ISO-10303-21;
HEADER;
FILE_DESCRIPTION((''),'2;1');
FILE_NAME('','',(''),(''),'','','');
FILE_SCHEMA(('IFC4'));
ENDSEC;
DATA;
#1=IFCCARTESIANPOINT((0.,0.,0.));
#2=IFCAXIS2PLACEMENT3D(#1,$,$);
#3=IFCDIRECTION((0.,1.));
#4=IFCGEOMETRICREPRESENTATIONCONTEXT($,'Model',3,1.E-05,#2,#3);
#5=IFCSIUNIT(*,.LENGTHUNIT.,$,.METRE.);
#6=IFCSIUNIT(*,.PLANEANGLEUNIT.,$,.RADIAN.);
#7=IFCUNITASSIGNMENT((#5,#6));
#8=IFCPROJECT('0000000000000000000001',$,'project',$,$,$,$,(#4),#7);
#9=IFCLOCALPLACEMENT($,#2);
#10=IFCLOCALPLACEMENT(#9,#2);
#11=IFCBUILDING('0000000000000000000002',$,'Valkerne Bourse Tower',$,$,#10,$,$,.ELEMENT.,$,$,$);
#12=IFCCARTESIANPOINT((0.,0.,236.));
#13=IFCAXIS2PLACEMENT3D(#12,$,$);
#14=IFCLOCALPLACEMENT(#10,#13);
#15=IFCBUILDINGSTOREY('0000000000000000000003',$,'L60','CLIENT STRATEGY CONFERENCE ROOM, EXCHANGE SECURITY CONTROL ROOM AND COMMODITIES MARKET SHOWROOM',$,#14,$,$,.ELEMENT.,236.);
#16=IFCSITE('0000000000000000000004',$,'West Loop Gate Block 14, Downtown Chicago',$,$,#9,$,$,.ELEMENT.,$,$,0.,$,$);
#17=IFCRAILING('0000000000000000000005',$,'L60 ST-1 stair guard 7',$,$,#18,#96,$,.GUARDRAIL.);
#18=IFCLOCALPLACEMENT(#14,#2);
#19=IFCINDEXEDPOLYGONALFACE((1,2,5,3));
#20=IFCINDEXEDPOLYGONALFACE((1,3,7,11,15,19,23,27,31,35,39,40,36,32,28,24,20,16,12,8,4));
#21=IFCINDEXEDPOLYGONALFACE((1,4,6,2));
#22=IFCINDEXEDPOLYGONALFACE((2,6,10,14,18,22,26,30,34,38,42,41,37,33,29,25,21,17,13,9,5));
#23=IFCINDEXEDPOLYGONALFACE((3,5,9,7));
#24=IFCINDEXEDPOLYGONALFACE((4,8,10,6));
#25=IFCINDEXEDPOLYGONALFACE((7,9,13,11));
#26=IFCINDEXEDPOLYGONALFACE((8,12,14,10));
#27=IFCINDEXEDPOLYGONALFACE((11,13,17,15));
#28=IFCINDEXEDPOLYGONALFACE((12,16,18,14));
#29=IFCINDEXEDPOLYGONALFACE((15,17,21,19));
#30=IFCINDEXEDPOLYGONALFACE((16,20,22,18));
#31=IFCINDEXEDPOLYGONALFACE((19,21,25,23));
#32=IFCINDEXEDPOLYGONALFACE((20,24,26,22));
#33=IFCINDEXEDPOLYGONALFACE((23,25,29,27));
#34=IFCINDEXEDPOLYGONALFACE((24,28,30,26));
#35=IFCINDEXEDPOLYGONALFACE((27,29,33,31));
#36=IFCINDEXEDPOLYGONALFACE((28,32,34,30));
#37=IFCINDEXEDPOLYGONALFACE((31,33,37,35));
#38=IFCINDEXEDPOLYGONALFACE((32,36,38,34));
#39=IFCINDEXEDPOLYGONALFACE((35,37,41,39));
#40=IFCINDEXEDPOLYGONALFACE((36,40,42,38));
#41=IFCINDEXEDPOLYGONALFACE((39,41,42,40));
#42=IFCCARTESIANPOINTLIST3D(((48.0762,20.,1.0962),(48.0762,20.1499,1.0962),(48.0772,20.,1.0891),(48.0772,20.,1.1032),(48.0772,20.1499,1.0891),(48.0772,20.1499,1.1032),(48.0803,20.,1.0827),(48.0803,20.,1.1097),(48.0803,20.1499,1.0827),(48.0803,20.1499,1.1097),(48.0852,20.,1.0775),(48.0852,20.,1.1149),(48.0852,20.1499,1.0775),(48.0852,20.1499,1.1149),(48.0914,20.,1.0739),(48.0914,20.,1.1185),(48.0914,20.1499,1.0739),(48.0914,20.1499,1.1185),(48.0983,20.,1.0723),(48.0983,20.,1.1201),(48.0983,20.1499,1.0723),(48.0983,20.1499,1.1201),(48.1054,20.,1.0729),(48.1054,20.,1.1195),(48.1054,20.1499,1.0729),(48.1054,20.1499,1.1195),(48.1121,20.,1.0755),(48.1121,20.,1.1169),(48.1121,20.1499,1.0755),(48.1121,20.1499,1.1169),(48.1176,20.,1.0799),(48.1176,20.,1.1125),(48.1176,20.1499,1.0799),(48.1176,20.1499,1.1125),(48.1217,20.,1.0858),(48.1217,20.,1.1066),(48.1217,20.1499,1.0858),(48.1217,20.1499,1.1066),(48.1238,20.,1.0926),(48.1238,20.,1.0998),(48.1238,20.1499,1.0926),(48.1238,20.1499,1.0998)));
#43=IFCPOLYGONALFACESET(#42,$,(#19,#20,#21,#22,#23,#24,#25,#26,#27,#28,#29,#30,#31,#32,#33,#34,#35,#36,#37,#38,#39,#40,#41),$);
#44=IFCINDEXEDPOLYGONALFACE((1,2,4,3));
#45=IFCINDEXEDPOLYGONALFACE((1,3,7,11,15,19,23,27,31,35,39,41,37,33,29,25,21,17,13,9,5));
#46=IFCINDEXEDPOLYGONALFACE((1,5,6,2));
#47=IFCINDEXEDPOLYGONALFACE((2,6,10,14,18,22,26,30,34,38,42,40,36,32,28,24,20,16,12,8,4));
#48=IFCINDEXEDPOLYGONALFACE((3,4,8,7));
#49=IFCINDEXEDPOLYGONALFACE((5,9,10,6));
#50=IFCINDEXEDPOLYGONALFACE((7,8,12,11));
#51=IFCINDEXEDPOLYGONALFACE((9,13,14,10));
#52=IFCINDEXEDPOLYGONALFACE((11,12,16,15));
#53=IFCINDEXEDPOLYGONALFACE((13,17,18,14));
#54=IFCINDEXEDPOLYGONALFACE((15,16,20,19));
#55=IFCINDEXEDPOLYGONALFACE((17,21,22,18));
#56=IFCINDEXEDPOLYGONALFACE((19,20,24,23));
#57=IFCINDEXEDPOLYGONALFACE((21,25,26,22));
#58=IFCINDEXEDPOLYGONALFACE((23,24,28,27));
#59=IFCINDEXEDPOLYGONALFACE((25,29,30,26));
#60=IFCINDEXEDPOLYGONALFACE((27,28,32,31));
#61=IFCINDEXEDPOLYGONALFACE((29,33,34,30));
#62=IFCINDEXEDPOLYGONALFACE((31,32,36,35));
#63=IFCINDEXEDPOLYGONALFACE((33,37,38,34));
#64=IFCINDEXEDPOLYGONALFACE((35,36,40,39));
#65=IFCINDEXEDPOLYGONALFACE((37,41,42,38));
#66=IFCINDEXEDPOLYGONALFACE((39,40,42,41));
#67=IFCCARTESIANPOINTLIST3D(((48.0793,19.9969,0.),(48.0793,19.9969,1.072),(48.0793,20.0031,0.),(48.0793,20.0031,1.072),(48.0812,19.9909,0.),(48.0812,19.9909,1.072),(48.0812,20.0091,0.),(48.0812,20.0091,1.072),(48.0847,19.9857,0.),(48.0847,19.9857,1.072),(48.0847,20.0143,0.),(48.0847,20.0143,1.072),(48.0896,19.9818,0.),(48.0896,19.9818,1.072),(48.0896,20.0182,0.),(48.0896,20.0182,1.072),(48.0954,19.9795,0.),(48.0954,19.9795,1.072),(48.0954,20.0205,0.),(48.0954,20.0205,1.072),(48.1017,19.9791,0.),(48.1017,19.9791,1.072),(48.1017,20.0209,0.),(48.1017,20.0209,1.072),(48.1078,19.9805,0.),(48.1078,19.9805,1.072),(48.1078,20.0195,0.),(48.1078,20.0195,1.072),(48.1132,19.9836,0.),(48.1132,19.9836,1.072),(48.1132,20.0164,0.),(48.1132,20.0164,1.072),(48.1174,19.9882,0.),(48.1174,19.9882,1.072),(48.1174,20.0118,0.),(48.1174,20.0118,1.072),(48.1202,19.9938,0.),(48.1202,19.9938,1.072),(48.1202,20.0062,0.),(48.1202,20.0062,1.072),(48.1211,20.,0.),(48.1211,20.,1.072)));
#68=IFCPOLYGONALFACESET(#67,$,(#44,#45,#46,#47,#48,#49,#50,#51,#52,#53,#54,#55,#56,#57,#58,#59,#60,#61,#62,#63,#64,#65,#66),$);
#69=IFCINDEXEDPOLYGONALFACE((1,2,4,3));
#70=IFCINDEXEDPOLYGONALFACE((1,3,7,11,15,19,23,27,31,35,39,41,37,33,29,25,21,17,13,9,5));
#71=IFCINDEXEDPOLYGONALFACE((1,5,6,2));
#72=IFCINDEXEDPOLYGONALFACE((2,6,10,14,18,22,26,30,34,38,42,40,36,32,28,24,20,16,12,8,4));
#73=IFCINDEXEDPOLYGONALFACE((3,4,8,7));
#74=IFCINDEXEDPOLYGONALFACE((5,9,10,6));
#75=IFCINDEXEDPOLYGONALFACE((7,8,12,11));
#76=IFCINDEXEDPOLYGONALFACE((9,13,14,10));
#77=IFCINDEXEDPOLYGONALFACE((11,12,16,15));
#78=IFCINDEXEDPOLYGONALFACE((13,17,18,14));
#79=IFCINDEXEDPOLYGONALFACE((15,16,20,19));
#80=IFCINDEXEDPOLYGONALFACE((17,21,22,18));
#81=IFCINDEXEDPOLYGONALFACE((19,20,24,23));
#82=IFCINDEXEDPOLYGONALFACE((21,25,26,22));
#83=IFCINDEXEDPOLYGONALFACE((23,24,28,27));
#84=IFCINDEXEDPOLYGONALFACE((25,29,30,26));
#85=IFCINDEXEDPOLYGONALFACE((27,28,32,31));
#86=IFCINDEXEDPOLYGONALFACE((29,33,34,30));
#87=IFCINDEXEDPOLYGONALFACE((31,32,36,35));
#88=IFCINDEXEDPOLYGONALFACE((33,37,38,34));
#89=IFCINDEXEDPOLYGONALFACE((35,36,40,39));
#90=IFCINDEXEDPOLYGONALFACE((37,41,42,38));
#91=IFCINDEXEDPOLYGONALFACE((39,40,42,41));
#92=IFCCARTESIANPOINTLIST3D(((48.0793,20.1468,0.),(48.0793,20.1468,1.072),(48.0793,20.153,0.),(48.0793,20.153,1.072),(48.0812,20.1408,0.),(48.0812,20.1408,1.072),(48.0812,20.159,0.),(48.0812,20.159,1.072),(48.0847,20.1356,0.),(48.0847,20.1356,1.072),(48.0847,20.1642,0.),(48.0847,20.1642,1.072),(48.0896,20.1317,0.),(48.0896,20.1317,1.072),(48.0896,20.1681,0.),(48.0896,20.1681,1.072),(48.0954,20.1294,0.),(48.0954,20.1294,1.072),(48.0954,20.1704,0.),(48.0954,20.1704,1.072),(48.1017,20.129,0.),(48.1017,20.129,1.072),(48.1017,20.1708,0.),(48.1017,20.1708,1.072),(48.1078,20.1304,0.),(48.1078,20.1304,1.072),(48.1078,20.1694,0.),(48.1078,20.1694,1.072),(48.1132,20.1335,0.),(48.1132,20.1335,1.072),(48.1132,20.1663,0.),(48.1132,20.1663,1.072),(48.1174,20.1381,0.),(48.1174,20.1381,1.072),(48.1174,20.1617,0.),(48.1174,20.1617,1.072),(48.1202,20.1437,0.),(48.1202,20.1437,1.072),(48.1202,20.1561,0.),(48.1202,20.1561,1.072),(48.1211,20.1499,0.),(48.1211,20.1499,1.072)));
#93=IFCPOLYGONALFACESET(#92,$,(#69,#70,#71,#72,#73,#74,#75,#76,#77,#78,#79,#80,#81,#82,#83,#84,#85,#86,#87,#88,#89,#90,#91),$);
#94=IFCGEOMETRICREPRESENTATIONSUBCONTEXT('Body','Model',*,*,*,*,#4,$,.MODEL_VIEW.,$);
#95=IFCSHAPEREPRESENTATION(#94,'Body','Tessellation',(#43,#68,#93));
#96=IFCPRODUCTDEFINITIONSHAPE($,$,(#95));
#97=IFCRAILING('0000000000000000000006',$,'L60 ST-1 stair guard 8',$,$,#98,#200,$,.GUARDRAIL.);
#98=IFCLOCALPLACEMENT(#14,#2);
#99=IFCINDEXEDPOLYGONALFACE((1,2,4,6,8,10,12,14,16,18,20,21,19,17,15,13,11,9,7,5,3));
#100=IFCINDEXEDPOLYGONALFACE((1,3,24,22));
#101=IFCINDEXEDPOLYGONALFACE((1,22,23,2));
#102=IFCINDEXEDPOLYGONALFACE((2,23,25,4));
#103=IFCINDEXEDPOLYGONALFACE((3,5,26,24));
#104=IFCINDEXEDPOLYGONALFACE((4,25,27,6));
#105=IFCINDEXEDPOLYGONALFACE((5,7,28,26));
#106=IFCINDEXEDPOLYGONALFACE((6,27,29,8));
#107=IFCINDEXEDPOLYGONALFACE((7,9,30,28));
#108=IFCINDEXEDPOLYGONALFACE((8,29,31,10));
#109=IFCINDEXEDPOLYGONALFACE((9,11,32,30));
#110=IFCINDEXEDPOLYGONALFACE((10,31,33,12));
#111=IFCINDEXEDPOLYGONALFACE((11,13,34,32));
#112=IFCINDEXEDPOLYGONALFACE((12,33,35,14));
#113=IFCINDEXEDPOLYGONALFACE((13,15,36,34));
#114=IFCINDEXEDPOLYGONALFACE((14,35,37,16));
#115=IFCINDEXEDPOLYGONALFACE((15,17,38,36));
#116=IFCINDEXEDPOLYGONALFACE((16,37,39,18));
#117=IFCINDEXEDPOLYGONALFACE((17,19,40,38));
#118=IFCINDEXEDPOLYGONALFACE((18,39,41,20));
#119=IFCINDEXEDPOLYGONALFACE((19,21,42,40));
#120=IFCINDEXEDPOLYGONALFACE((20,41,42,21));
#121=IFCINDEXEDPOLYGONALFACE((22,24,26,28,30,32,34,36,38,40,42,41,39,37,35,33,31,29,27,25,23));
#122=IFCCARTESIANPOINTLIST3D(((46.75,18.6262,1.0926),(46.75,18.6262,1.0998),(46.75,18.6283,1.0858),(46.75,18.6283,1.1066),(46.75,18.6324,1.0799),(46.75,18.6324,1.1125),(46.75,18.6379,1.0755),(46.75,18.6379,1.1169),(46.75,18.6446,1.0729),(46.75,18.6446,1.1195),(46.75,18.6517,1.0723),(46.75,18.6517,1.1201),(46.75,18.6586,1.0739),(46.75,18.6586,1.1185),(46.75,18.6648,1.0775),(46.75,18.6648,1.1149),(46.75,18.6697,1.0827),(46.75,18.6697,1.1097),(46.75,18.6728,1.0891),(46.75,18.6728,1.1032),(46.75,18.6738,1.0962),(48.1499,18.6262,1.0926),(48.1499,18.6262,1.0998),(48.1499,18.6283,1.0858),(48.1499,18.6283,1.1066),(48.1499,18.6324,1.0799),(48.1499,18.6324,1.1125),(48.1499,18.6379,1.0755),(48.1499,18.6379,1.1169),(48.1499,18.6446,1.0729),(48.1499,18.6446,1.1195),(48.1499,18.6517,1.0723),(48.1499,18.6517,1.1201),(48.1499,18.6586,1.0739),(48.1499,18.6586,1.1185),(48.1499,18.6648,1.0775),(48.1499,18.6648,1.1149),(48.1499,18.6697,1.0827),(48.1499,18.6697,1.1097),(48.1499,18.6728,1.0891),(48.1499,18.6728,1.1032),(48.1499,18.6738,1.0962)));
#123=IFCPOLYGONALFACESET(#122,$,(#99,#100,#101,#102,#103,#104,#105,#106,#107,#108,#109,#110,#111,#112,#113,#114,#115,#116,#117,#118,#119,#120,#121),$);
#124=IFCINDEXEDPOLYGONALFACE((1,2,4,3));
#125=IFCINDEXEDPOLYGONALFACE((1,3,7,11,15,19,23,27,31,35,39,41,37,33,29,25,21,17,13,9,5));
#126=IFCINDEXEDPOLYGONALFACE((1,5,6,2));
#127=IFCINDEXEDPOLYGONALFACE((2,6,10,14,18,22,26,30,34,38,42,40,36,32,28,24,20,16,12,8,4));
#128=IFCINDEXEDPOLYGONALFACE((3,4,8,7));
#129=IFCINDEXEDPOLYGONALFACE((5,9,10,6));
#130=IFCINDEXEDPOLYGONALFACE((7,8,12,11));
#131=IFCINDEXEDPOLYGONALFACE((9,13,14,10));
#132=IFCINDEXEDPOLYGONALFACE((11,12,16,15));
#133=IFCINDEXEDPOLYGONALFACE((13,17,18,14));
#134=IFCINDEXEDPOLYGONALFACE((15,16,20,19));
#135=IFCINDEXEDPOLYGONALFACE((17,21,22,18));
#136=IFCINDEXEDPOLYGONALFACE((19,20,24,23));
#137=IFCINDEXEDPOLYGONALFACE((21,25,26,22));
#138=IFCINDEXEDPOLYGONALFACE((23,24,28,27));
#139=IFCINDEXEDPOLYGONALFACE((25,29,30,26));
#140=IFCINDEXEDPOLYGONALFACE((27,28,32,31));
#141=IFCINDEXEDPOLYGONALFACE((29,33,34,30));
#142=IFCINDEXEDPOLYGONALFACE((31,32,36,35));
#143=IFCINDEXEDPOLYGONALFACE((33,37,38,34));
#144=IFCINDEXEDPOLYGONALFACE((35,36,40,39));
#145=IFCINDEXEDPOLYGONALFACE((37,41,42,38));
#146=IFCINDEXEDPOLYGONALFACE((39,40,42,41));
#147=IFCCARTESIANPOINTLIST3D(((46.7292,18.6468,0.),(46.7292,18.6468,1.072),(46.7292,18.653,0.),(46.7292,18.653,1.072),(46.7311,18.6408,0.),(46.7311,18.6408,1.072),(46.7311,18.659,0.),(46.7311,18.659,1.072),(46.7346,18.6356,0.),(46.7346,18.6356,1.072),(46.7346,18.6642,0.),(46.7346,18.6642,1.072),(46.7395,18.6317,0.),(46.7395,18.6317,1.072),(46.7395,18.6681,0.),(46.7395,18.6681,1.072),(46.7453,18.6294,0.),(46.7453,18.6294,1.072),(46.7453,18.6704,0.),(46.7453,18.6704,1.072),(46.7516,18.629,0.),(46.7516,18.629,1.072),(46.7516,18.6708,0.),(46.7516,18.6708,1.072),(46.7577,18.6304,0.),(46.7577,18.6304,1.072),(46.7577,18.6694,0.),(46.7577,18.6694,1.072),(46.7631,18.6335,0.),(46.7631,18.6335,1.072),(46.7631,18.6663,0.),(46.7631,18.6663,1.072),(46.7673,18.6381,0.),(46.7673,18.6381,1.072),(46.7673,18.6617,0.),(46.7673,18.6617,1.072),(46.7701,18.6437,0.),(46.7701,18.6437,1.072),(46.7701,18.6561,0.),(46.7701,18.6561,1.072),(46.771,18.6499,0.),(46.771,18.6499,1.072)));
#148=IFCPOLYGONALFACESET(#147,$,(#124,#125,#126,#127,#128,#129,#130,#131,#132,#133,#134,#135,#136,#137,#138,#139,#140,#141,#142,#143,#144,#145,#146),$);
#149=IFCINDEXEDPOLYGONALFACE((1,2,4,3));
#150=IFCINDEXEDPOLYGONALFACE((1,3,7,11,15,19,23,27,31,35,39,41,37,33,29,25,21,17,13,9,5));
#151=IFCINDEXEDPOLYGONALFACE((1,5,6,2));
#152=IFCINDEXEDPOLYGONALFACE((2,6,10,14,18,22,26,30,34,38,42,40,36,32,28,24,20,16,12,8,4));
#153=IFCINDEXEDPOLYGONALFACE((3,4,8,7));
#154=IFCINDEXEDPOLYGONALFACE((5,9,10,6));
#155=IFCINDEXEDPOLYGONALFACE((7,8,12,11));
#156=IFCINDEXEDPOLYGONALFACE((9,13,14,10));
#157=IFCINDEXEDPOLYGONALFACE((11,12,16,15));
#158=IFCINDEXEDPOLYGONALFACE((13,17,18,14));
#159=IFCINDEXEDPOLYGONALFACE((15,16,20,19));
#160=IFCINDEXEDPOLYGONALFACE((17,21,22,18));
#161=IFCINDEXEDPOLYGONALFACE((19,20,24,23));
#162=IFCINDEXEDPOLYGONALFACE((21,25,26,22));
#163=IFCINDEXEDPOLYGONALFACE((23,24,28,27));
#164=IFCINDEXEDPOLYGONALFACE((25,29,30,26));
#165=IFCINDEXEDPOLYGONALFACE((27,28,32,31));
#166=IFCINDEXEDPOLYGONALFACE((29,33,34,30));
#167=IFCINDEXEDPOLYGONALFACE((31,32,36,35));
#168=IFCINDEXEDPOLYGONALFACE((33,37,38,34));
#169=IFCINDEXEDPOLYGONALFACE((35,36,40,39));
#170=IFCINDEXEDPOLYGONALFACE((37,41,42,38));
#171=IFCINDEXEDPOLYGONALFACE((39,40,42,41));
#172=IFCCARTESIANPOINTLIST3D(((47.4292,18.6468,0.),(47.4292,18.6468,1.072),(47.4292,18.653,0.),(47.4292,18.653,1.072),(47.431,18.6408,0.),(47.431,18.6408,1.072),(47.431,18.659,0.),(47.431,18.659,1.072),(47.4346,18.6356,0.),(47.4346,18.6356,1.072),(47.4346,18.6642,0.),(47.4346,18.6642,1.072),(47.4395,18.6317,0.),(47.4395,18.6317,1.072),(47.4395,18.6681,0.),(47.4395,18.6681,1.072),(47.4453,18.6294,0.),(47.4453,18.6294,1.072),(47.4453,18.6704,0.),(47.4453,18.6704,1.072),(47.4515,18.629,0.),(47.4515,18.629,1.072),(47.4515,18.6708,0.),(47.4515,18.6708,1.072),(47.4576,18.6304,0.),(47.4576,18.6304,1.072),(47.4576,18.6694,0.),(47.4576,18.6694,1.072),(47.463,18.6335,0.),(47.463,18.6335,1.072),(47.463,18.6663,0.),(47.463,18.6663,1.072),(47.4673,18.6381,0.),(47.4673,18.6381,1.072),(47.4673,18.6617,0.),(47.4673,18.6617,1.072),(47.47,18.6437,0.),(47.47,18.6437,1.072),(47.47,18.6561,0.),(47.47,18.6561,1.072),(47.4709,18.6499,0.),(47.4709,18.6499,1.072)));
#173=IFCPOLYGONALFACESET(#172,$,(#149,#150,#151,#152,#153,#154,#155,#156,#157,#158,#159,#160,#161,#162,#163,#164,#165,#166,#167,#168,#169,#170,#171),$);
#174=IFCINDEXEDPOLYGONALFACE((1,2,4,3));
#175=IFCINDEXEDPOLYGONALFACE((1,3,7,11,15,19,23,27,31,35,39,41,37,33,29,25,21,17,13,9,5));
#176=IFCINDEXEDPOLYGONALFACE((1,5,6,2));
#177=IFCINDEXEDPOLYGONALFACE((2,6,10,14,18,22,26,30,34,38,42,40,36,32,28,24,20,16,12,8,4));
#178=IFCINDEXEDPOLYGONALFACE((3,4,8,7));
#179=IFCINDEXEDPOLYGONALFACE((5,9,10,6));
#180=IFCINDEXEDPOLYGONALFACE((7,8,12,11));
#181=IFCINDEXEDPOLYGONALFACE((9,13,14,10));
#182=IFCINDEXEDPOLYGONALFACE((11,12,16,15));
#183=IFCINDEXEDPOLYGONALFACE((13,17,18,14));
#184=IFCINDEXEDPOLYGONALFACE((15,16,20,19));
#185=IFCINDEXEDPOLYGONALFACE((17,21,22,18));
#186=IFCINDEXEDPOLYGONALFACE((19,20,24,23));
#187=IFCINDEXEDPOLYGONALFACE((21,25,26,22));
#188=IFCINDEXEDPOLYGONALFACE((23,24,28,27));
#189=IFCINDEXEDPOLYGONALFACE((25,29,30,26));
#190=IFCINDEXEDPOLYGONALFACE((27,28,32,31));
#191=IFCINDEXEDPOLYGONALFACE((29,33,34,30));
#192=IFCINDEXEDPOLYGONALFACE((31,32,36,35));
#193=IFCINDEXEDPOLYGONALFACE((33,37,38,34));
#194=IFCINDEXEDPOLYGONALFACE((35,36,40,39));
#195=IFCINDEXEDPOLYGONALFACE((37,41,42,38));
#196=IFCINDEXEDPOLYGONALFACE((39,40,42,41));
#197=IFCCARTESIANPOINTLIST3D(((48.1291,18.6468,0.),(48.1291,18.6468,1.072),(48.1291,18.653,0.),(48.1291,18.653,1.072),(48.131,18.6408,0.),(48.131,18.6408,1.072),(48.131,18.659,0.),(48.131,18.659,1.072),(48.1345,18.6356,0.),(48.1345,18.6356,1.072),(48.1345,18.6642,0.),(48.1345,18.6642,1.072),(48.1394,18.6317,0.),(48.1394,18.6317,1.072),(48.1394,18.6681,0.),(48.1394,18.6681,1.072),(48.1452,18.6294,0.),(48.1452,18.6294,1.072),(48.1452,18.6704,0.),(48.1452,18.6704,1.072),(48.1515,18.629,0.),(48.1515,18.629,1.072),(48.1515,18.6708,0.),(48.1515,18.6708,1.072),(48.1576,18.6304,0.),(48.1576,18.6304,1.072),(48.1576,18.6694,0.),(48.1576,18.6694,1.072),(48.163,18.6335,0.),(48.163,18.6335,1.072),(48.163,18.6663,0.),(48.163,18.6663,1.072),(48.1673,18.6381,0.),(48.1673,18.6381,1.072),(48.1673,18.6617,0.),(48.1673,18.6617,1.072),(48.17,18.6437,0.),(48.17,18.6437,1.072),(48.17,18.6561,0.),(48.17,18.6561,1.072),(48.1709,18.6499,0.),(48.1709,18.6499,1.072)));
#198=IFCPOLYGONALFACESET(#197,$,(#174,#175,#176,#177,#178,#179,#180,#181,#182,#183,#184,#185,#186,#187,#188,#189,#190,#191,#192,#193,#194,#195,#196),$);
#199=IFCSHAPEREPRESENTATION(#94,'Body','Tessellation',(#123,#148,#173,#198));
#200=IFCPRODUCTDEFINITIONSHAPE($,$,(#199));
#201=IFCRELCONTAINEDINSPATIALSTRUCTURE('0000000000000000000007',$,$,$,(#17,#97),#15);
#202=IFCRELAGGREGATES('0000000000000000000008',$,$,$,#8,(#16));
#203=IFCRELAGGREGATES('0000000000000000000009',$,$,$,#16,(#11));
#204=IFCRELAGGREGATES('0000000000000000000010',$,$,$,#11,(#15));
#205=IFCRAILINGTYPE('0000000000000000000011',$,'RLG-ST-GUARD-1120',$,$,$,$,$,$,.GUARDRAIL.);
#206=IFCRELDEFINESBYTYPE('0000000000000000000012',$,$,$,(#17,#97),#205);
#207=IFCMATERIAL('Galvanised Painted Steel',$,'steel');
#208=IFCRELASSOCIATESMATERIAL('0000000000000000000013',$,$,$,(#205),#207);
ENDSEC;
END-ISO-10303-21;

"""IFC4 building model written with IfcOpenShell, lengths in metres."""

from ifc_helpers import new_model, si_unit, direction, frame, origin, origin_2d, place, context, subcontext, project, spatial, circle, extrude, material, type_object, element, save


model = new_model("IFC4")

# Units and contexts
model_context = context("Model", 3, precision=1e-05, world=origin(), true_north=direction((0.0, 1.0)))
body_context = subcontext(model_context, "Body", "Model", "MODEL_VIEW")
ifc_project = project(units=[si_unit("LENGTHUNIT", "METRE"), si_unit("PLANEANGLEUNIT", "RADIAN")], contexts=[model_context])

# Site, building, storey
site_placement = place(None, origin())
site = spatial("IfcSite", under=ifc_project, at=site_placement, Name="West Loop Gate Block 14, Downtown Chicago", CompositionType="ELEMENT", RefElevation=0.0)
building_placement = place(site_placement, origin())
building = spatial("IfcBuilding", under=site, at=building_placement, Name="Valkerne Bourse Tower", CompositionType="ELEMENT")
storey_placement = place(building_placement, frame((0.0, 0.0, 236.0)))
storey = spatial("IfcBuildingStorey", under=building, at=storey_placement, Name="L60", Description="CLIENT STRATEGY CONFERENCE ROOM, EXCHANGE SECURITY CONTROL ROOM AND COMMODITIES MARKET SHOWROOM", CompositionType="ELEMENT", Elevation=236.0)

# Shared definitions
ifc_material_1 = material(Name="Galvanised Painted Steel", Category="steel")

# Railings
railing_type_1 = type_object("IfcRailingType", Name="RLG-ST-GUARD-1120", PredefinedType="GUARDRAIL", material=ifc_material_1)
railing_1_placement = place(storey_placement, frame((48.1001, 20.0, 0.0)))
element("IfcRailing", 1, at=railing_1_placement, inside=storey, type_object=railing_type_1, Name="L60 ST-1 stair guard 7", PredefinedType="GUARDRAIL", context=body_context, shape_type="SweptSolid", body=[
    extrude(circle(Radius=0.0239, at=origin_2d()), frame((0.0, 0.0, 1.0962), z_axis=(0.0, 1.0, 0.0), x_axis=(-1.0, 0.0, 0.0)), (0.0, 0.0, 1.0), 0.1499),
    extrude(circle(Radius=0.021, at=origin_2d()), origin(), (0.0, 0.0, 1.0), 1.072),
    extrude(circle(Radius=0.021, at=origin_2d()), frame((0.0, 0.1499, 0.0)), (0.0, 0.0, 1.0), 1.072),
])
for number, where, name in (
    (2, (46.75, 18.6499, 0.0), "L60 ST-1 stair guard 8"),
):
    element("IfcRailing", number, at=place(storey_placement, frame(where)), inside=storey, type_object=railing_type_1, Name=name, PredefinedType="GUARDRAIL", context=body_context, shape_type="SweptSolid", body=[
        extrude(circle(Radius=0.0239, at=origin_2d()), frame((0.0, 0.0, 1.0962), z_axis=(1.0, 0.0, 0.0), x_axis=(0.0, 1.0, 0.0)), (0.0, 0.0, 1.0), 1.3999),
        extrude(circle(Radius=0.021, at=origin_2d()), origin(), (0.0, 0.0, 1.0), 1.072),
        extrude(circle(Radius=0.021, at=origin_2d()), frame((0.7, 0.0, 0.0)), (0.0, 0.0, 1.0), 1.072),
        extrude(circle(Radius=0.021, at=origin_2d()), frame((1.3999, 0.0, 0.0)), (0.0, 0.0, 1.0), 1.072),
    ])

save(model, "model.ifc")
